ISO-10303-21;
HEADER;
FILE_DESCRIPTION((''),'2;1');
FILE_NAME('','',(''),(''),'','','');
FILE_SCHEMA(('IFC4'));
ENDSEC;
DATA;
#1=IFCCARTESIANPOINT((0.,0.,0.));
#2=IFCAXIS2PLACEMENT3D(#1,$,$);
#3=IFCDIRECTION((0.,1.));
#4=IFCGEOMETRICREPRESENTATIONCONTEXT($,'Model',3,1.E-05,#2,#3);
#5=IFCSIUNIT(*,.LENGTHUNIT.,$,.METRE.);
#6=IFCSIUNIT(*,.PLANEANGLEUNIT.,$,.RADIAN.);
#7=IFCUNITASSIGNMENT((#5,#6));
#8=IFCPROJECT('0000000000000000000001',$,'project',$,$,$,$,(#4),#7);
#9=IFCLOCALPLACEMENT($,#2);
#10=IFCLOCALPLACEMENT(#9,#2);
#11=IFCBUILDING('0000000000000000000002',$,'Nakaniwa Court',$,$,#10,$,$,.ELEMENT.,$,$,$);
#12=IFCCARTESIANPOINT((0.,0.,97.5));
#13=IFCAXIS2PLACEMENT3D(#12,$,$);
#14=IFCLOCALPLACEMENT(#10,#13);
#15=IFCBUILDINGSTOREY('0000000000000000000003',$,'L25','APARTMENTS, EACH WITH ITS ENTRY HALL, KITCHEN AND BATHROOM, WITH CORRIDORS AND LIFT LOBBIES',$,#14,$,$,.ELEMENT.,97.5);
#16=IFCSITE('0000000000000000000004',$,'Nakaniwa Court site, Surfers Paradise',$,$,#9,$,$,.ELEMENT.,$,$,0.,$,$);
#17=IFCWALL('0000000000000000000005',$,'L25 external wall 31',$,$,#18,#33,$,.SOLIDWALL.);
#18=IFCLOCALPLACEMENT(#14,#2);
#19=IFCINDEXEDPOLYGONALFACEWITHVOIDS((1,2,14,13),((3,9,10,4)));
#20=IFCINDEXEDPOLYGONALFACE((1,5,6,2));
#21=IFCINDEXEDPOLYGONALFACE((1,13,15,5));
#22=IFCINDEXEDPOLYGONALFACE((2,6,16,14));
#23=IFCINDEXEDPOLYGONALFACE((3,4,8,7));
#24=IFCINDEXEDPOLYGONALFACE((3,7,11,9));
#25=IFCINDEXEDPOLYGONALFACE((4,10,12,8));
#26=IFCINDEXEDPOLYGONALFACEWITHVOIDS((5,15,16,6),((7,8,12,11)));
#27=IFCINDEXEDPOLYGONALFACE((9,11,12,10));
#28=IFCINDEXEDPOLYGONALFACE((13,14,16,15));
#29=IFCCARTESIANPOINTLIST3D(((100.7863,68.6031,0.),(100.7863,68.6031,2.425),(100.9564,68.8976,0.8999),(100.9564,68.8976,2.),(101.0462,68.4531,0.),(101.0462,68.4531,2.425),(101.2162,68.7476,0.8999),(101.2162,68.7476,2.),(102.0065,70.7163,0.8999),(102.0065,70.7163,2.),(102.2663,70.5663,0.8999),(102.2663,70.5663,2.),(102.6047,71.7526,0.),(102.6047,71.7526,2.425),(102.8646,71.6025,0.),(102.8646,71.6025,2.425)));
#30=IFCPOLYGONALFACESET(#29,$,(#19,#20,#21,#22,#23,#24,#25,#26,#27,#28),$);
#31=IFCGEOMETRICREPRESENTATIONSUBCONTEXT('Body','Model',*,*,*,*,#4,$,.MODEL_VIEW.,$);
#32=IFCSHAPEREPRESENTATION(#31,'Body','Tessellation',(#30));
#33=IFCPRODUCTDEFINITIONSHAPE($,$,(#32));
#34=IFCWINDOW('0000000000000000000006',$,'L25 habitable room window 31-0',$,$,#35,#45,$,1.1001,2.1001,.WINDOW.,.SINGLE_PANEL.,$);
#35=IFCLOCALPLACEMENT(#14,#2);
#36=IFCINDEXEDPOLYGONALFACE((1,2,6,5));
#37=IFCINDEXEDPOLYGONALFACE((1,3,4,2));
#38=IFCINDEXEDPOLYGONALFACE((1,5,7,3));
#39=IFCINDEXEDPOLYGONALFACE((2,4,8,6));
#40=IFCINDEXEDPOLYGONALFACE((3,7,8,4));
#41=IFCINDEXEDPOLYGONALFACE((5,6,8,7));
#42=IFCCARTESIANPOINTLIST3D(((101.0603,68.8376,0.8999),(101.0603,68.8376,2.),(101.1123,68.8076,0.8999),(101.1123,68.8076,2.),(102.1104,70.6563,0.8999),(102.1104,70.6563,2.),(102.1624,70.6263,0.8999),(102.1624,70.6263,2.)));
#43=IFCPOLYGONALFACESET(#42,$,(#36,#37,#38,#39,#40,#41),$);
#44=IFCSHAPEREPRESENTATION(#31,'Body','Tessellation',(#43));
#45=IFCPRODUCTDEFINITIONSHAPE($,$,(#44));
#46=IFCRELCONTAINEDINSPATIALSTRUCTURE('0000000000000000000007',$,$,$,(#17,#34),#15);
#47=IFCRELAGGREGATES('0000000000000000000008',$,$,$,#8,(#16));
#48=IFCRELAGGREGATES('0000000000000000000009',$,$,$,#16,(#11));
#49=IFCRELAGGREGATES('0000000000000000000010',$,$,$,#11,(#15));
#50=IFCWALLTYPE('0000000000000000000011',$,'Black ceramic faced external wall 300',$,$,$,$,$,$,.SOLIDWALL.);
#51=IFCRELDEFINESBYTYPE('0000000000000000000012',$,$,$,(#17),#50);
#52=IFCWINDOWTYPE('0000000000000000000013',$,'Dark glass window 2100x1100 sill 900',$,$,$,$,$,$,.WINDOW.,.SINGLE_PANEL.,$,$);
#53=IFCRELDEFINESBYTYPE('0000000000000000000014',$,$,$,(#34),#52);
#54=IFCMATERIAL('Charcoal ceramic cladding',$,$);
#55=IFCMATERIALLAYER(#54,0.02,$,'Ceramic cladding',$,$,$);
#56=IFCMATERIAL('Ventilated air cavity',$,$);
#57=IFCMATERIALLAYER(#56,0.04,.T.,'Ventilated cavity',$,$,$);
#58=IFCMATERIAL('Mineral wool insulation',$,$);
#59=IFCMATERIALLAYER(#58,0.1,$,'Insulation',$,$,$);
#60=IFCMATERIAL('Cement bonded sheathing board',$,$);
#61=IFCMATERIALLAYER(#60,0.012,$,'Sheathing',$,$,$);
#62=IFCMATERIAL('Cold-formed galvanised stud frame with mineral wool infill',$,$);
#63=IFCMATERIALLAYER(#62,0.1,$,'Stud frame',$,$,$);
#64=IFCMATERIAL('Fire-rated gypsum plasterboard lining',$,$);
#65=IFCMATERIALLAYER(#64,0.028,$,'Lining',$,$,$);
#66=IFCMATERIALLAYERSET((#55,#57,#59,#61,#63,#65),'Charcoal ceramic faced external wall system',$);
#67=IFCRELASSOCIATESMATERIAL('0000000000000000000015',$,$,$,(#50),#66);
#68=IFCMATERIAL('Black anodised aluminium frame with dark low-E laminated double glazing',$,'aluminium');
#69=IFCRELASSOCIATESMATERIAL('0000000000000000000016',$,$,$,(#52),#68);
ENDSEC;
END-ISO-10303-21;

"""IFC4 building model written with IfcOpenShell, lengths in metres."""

from ifc_helpers import new_model, si_unit, direction, frame, frame_2d, origin, place, context, subcontext, project, spatial, rectangle, extrude, material, layer, layer_set, type_object, element, fill, save


model = new_model("IFC4")

# Units and contexts
model_context = context("Model", 3, precision=1e-05, world=origin(), true_north=direction((0.0, 1.0)))
body_context = subcontext(model_context, "Body", "Model", "MODEL_VIEW")
ifc_project = project(units=[si_unit("LENGTHUNIT", "METRE"), si_unit("PLANEANGLEUNIT", "RADIAN")], contexts=[model_context])

# Site, building, storey
site_placement = place(None, origin())
site = spatial("IfcSite", under=ifc_project, at=site_placement, Name="Nakaniwa Court site, Surfers Paradise", CompositionType="ELEMENT", RefElevation=0.0)
building_placement = place(site_placement, origin())
building = spatial("IfcBuilding", under=site, at=building_placement, Name="Nakaniwa Court", CompositionType="ELEMENT")
storey_placement = place(building_placement, frame((0.0, 0.0, 97.5)))
storey = spatial("IfcBuildingStorey", under=building, at=storey_placement, Name="L25", Description="APARTMENTS, EACH WITH ITS ENTRY HALL, KITCHEN AND BATHROOM, WITH CORRIDORS AND LIFT LOBBIES", CompositionType="ELEMENT", Elevation=97.5)

# Wall, opening, window
ifc_material_1 = material(Name="Charcoal ceramic cladding")
ifc_layer_1 = layer(ifc_material_1, 0.02, Name="Ceramic cladding")
ifc_material_2 = material(Name="Ventilated air cavity")
ifc_layer_2 = layer(ifc_material_2, 0.04, ventilated=True, Name="Ventilated cavity")
ifc_material_3 = material(Name="Mineral wool insulation")
ifc_layer_3 = layer(ifc_material_3, 0.1, Name="Insulation")
ifc_material_4 = material(Name="Cement bonded sheathing board")
ifc_layer_4 = layer(ifc_material_4, 0.012, Name="Sheathing")
ifc_material_5 = material(Name="Cold-formed galvanised stud frame with mineral wool infill")
ifc_layer_5 = layer(ifc_material_5, 0.1, Name="Stud frame")
ifc_material_6 = material(Name="Fire-rated gypsum plasterboard lining")
ifc_layer_6 = layer(ifc_material_6, 0.028, Name="Lining")
ifc_layer_set_1 = layer_set([ifc_layer_1, ifc_layer_2, ifc_layer_3, ifc_layer_4, ifc_layer_5, ifc_layer_6], Name="Charcoal ceramic faced external wall system")
wall_type_1 = type_object("IfcWallType", Name="Black ceramic faced external wall 300", PredefinedType="SOLIDWALL", material=ifc_layer_set_1)
ifc_material_7 = material(Name="Black anodised aluminium frame with dark low-E laminated double glazing", Category="aluminium")
window_type_1 = type_object("IfcWindowType", Name="Dark glass window 2100x1100 sill 900", PartitioningType="SINGLE_PANEL", PredefinedType="WINDOW", material=ifc_material_7)
wall_1_placement = place(storey_placement, frame((100.9163, 68.5281, 0.0), z_axis=(0.0, 0.0, 1.0), x_axis=(0.500009, 0.86602, 0.0)))
wall_1 = element("IfcWall", 1, at=wall_1_placement, inside=storey, type_object=wall_type_1, Name="L25 external wall 31", PredefinedType="SOLIDWALL", context=body_context, shape_type="SweptSolid", body=[
    extrude(rectangle(XDim=3.6367, YDim=0.3, at=frame_2d((1.8184, 0.0))), origin(), (0.0, 0.0, 1.0), 2.425),
])
opening_1_placement = place(wall_1_placement, frame((0.3401, 0.0, 0.8999)))
opening_1 = element("IfcOpeningElement", 2, at=opening_1_placement, cuts=wall_1, PredefinedType="OPENING", context=body_context, shape_type="SweptSolid", body=[
    extrude(rectangle(XDim=2.1001, YDim=1.1001, at=frame_2d((1.05, 0.55))), frame((0.0, 0.1599, 0.0), z_axis=(0.0, -1.0, 0.0), x_axis=(1.0, 0.0, 0.0)), (0.0, 0.0, 1.0), 0.3201),
])
window_1_placement = place(opening_1_placement, origin())
window_1 = element("IfcWindow", 3, at=window_1_placement, inside=storey, type_object=window_type_1, Name="L25 habitable room window 31-0", OverallHeight=1.1001, OverallWidth=2.1001, PartitioningType="SINGLE_PANEL", PredefinedType="WINDOW", context=body_context, shape_type="SweptSolid", body=[
    extrude(rectangle(XDim=2.1001, YDim=1.1001, at=frame_2d((1.05, 0.55))), frame((0.0, 0.03, 0.0), z_axis=(0.0, -1.0, 0.0), x_axis=(1.0, 0.0, 0.0)), (0.0, 0.0, 1.0), 0.0601),
])
fill(opening_1, window_1)

save(model, "model.ifc")
